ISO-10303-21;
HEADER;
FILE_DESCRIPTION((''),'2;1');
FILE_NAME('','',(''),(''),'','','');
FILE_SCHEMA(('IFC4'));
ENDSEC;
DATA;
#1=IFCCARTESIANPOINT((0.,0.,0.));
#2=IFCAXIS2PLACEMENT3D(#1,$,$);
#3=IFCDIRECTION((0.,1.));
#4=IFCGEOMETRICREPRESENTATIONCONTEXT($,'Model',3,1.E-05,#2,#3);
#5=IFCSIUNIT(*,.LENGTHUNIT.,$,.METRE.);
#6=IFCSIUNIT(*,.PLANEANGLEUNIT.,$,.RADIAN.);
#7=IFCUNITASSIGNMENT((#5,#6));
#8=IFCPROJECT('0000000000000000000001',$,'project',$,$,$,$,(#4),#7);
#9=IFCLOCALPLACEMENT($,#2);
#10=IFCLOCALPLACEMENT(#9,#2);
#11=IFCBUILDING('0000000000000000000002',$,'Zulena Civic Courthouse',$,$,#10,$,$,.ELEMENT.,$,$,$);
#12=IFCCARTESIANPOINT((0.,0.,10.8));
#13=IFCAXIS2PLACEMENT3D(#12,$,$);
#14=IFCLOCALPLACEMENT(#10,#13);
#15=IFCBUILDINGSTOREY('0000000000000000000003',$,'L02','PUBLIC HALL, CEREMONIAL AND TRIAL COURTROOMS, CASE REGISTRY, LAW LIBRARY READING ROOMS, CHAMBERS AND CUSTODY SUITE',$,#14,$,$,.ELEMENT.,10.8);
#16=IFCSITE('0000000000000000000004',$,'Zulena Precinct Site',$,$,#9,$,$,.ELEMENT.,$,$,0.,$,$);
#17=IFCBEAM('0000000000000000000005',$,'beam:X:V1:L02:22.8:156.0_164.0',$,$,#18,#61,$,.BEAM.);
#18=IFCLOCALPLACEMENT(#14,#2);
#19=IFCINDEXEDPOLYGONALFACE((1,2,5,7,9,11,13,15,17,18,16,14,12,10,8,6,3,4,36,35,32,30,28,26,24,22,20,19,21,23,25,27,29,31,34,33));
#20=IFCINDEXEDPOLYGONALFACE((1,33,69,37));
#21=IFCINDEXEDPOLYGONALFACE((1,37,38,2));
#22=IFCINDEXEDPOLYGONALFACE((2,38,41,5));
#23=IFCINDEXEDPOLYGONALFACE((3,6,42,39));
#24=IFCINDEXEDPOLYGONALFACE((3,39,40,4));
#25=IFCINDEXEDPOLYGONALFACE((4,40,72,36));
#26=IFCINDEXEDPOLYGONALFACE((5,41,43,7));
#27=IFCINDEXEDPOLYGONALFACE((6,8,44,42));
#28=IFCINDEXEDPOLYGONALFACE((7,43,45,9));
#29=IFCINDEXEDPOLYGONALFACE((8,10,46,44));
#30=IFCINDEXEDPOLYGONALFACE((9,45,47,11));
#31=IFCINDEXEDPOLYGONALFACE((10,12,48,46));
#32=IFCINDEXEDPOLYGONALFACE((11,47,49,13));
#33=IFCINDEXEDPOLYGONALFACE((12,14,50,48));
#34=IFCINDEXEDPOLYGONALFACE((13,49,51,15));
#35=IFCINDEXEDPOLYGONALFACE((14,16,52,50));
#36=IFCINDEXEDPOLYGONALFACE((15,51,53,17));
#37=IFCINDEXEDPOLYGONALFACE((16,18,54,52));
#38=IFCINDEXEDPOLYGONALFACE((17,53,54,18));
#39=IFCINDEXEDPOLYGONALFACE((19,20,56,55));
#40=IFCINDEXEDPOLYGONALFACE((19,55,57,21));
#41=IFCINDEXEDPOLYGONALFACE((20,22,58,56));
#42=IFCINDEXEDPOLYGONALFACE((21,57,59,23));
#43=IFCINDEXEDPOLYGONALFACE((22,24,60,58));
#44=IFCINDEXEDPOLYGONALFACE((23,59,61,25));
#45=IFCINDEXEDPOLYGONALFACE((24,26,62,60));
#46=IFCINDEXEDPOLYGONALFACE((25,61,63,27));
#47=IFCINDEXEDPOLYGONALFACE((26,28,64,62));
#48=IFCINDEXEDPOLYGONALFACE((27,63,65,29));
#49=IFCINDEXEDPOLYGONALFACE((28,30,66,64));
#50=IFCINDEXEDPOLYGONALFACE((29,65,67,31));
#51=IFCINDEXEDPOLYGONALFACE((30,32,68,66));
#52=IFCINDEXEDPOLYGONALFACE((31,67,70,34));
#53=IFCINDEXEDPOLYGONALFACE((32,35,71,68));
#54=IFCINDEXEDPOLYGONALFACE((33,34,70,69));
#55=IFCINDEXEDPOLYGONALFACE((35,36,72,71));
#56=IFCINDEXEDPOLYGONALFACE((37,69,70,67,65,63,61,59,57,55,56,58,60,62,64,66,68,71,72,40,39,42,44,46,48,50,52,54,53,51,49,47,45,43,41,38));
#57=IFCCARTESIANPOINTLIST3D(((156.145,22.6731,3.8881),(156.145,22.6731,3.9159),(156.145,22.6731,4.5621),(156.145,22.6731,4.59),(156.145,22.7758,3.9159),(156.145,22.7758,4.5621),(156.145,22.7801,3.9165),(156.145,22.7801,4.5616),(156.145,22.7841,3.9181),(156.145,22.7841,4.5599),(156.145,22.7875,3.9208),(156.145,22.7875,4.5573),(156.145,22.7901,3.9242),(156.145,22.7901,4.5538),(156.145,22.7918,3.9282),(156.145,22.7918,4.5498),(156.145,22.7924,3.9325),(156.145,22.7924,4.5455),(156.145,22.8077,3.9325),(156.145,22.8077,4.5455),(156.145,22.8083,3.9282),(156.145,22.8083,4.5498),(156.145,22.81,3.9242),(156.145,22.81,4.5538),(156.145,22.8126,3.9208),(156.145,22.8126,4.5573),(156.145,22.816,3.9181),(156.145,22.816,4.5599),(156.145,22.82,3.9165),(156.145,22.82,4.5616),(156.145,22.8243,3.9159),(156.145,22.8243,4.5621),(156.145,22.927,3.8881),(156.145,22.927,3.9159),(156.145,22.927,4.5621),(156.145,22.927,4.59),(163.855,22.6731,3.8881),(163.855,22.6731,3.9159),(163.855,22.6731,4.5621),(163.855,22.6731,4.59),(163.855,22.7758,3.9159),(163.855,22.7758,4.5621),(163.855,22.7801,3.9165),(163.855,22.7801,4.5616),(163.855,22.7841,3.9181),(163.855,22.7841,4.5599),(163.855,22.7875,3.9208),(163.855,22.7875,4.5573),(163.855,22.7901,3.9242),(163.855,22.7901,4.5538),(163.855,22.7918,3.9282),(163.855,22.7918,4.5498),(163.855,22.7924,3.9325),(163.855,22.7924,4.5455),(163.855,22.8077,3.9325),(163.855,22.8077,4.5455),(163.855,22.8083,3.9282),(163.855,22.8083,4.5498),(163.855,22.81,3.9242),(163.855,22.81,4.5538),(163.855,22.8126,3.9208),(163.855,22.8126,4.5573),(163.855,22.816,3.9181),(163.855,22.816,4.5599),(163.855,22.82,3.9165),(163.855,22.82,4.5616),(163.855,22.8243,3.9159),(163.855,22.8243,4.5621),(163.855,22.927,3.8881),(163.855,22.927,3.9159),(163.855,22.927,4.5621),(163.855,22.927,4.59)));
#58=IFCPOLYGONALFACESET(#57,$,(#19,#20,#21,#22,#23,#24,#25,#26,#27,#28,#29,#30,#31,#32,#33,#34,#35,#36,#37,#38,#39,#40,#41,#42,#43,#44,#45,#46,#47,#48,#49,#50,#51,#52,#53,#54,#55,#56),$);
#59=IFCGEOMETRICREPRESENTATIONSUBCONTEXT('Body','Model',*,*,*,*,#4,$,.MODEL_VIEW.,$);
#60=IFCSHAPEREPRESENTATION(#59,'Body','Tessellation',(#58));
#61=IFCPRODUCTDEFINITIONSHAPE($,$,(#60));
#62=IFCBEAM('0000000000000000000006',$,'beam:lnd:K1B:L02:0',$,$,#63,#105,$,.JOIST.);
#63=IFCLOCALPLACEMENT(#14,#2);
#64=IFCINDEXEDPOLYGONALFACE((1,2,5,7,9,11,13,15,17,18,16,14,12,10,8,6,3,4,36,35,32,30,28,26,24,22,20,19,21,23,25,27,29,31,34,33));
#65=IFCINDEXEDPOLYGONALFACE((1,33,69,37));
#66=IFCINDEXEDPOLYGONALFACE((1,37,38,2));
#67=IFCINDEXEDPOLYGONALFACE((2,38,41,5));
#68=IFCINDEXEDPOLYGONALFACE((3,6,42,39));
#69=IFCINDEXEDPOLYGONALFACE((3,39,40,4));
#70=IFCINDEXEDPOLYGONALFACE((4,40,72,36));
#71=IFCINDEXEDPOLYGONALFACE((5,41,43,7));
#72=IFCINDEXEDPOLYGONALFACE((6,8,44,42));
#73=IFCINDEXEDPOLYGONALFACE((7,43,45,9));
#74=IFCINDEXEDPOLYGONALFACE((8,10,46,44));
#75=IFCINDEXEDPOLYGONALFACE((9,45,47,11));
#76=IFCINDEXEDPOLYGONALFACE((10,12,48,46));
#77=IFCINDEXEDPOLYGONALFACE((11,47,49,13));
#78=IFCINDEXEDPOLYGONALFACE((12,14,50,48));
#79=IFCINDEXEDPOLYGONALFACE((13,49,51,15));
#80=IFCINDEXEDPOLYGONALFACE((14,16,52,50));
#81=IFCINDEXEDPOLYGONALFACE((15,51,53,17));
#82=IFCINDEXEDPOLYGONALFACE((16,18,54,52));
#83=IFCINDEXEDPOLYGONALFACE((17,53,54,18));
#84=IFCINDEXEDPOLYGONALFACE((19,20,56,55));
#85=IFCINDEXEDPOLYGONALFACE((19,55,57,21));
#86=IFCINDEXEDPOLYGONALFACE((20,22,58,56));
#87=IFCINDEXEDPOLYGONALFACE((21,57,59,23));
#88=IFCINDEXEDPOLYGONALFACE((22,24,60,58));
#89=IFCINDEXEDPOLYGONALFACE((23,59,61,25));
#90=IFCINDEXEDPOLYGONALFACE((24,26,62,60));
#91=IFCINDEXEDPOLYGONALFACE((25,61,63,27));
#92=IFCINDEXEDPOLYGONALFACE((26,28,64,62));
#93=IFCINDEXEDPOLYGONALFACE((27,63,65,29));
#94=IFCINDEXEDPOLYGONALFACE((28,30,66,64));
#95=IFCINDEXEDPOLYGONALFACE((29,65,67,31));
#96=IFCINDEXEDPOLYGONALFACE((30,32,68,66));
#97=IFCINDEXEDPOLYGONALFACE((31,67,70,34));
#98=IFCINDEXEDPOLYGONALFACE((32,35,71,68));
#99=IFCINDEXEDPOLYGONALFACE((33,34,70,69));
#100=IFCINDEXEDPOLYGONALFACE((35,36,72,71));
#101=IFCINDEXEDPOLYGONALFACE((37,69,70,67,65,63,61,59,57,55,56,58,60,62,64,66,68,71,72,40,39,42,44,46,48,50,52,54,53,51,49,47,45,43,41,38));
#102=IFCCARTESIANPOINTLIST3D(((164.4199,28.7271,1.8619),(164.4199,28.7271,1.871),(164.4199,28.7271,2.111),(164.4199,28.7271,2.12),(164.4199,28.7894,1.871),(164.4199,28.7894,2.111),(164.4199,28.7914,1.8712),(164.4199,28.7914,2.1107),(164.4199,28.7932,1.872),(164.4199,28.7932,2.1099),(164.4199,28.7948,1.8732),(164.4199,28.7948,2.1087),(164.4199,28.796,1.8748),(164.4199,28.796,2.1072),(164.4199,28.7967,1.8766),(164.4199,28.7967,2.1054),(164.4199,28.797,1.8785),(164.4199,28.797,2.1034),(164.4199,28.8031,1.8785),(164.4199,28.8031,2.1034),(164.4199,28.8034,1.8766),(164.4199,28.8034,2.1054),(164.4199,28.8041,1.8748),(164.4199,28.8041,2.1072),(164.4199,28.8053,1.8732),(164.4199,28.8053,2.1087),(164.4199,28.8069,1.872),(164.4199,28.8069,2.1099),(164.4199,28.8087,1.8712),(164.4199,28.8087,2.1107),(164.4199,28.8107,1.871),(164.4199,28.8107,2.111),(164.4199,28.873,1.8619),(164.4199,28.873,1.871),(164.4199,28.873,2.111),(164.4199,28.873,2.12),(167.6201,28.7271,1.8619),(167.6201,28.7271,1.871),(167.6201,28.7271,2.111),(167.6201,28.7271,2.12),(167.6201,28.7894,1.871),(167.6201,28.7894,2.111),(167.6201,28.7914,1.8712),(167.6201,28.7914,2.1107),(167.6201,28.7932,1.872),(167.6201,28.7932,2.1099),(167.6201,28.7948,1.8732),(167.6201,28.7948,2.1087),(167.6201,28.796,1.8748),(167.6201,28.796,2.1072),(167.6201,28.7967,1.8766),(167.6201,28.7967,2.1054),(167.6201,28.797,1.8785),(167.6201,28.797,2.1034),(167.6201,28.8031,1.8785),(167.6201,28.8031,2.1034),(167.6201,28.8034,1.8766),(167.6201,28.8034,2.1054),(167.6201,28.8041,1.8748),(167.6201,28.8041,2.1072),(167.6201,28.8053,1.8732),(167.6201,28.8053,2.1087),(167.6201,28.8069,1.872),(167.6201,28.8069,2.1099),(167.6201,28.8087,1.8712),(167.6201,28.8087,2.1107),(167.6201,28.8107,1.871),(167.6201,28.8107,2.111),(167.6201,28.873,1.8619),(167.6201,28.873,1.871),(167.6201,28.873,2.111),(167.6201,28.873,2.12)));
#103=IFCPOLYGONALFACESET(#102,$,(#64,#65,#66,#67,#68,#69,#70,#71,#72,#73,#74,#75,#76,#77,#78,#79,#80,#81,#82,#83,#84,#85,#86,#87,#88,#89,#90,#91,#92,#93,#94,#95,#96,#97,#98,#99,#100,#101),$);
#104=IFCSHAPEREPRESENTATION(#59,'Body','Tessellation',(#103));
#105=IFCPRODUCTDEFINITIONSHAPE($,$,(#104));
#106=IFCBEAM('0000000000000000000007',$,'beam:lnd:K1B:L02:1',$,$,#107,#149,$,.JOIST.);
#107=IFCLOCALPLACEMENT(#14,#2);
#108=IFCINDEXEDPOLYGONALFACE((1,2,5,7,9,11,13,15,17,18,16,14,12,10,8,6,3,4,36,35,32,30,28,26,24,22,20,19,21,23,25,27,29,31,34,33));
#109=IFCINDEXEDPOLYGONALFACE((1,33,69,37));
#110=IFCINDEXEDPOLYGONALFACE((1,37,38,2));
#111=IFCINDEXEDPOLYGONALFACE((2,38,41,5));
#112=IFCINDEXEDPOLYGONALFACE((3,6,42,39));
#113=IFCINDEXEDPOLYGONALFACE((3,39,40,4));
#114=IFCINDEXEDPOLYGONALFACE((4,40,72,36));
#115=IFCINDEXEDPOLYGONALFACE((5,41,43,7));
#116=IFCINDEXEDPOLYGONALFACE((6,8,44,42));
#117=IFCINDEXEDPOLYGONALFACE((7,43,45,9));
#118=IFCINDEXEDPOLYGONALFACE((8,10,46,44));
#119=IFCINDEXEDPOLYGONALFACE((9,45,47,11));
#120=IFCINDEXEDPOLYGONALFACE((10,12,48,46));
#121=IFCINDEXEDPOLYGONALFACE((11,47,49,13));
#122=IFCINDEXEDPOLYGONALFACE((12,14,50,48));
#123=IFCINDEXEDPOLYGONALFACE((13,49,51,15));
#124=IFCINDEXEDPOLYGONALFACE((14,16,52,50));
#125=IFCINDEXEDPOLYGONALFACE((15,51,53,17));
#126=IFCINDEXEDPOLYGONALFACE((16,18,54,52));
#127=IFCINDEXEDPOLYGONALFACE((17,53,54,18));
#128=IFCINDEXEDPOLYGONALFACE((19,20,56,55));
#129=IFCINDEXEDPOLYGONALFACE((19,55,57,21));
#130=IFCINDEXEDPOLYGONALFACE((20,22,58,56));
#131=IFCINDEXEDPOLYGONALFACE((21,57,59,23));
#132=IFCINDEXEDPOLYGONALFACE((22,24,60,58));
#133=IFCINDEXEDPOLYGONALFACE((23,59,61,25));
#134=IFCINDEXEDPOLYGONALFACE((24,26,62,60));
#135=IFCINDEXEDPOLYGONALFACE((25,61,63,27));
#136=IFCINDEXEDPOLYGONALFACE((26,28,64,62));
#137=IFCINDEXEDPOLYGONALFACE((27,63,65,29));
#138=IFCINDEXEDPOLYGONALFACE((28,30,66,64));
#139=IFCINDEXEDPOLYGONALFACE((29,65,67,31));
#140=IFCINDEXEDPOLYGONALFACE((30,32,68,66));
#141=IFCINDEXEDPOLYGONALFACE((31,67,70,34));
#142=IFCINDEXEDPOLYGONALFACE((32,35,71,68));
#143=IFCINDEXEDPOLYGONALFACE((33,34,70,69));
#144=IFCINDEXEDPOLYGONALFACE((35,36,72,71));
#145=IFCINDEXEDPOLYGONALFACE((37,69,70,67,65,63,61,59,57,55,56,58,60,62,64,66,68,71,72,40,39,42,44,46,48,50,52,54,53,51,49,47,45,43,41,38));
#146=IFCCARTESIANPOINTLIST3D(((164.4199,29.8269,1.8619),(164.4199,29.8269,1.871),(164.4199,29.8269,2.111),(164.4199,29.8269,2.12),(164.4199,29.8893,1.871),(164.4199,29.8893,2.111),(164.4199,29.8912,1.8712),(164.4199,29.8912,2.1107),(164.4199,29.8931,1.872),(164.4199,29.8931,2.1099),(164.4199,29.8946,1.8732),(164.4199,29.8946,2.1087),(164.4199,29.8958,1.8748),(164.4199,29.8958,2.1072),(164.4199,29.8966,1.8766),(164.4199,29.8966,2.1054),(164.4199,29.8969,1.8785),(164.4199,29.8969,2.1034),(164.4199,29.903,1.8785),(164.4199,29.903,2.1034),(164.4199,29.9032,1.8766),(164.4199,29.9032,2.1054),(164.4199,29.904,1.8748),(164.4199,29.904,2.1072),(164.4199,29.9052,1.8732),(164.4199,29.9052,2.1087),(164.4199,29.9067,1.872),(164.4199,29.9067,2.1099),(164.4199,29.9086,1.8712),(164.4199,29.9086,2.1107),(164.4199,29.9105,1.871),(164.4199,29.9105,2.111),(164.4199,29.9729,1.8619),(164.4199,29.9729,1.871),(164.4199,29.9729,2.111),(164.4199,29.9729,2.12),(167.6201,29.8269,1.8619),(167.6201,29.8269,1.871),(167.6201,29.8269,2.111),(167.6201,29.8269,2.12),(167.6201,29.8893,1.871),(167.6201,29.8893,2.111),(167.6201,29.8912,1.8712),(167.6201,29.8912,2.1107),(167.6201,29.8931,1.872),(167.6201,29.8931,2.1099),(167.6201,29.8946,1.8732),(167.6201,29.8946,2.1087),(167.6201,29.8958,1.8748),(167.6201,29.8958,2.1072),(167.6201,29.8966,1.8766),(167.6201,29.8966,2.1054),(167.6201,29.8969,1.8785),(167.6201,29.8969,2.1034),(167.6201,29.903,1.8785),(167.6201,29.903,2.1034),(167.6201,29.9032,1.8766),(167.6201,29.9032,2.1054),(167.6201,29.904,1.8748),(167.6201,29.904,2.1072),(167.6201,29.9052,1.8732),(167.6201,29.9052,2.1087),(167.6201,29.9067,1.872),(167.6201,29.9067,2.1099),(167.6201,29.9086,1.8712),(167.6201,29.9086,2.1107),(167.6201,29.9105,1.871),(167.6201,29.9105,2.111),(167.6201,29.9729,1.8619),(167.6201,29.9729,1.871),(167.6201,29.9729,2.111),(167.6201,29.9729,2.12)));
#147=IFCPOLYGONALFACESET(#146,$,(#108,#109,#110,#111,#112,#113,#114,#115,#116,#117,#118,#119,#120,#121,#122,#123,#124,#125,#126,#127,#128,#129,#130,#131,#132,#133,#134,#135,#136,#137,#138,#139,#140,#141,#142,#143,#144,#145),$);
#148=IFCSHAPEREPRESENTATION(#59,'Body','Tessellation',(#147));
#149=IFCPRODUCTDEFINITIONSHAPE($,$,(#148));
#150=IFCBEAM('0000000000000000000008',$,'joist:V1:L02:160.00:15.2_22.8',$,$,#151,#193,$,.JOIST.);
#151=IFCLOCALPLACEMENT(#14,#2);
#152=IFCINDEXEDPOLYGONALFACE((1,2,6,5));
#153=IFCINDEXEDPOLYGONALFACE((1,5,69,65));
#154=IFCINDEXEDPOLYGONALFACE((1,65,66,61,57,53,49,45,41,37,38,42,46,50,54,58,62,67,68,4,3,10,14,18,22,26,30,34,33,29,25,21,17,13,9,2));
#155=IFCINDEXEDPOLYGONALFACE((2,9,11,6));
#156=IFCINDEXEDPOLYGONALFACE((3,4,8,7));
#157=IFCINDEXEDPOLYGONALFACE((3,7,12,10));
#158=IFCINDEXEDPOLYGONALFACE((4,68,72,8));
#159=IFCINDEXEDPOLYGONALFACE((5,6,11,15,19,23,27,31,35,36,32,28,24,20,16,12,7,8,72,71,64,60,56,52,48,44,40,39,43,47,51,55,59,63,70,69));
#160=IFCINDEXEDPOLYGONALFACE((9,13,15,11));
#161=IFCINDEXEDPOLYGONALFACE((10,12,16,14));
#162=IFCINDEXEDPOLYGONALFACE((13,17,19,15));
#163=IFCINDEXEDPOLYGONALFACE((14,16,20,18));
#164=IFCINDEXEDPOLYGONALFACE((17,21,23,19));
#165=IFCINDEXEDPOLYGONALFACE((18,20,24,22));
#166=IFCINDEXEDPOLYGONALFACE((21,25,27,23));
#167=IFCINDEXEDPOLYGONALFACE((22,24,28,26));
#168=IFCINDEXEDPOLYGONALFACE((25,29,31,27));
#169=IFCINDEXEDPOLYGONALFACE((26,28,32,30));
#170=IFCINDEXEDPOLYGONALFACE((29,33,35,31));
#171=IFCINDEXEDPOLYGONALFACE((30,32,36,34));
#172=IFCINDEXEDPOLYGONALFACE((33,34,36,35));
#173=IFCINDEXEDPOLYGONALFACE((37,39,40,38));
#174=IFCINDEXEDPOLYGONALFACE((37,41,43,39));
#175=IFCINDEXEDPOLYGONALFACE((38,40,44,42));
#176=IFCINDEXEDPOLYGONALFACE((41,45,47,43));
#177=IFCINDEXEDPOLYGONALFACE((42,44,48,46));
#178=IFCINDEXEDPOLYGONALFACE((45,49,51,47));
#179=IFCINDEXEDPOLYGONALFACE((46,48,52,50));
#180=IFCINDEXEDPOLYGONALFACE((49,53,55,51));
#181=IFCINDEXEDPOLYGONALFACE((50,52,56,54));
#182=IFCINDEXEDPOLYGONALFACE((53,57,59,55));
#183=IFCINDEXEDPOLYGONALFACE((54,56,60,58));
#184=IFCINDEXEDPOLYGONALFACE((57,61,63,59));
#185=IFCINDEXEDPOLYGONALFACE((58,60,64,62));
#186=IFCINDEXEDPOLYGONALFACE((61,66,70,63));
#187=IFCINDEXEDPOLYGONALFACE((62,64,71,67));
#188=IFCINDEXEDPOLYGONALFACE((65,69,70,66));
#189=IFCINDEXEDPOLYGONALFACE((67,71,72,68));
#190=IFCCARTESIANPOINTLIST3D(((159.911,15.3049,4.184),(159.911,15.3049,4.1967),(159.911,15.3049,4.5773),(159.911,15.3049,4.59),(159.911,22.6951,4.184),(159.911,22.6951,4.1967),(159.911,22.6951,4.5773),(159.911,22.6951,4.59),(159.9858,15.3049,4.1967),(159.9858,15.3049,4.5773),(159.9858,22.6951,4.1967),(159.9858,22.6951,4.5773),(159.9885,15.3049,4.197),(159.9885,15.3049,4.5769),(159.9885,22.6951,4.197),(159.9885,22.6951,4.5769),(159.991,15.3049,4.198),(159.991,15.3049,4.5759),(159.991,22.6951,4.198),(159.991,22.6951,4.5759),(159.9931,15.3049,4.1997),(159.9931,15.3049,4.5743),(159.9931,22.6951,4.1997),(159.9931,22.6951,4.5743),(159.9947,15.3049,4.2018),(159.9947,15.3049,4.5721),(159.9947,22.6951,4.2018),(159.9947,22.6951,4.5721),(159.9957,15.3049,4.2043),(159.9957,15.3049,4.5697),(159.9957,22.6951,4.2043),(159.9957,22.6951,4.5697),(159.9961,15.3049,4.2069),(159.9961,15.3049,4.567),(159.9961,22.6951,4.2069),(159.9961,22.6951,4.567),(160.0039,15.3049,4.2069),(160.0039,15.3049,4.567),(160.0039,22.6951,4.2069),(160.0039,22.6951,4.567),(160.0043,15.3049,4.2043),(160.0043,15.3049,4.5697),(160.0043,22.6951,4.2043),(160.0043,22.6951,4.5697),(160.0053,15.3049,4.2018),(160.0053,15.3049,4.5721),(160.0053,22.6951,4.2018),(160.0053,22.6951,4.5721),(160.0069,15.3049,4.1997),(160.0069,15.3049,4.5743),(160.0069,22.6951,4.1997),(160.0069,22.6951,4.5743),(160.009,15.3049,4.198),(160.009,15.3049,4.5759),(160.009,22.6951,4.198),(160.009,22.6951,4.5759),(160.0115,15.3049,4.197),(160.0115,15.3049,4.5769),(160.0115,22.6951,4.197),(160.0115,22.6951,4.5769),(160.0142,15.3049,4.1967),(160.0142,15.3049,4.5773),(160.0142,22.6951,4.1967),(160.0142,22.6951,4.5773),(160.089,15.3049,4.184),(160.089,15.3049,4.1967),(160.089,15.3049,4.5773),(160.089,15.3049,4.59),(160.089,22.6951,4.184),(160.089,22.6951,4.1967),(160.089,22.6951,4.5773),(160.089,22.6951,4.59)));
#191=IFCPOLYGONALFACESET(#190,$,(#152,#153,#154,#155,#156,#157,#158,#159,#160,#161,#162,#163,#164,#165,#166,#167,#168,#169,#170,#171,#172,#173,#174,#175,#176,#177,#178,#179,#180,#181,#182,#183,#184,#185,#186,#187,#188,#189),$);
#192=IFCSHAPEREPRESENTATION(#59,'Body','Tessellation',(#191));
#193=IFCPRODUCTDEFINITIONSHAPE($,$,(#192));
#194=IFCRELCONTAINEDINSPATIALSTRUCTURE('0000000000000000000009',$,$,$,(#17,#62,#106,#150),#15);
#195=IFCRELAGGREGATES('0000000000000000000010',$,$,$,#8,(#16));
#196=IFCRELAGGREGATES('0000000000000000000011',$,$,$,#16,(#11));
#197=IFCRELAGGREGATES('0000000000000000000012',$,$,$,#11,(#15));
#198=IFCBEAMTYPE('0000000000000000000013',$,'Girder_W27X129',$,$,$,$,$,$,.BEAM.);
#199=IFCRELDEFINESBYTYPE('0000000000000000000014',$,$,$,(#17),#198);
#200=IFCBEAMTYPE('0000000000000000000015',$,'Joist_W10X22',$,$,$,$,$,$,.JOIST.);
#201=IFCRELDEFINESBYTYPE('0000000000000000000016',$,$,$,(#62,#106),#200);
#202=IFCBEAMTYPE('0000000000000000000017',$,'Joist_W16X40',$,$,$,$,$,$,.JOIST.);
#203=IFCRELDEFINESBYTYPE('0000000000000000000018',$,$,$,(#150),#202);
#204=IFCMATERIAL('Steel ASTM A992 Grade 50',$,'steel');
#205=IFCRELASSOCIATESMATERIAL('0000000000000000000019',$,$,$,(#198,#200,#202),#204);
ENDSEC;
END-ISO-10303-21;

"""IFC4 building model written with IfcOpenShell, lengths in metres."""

from ifc_helpers import new_model, si_unit, direction, frame, origin, origin_2d, place, context, subcontext, project, spatial, i_section, extrude, material, material_profile, profile_set, type_object, element, save


model = new_model("IFC4")

# Units and contexts
model_context = context("Model", 3, precision=1e-05, world=origin(), true_north=direction((0.0, 1.0)))
body_context = subcontext(model_context, "Body", "Model", "MODEL_VIEW")
ifc_project = project(units=[si_unit("LENGTHUNIT", "METRE"), si_unit("PLANEANGLEUNIT", "RADIAN")], contexts=[model_context])

# Site, building, storey
site_placement = place(None, origin())
site = spatial("IfcSite", under=ifc_project, at=site_placement, Name="Zulena Precinct Site", CompositionType="ELEMENT", RefElevation=0.0)
building_placement = place(site_placement, origin())
building = spatial("IfcBuilding", under=site, at=building_placement, Name="Zulena Civic Courthouse", CompositionType="ELEMENT")
storey_placement = place(building_placement, frame((0.0, 0.0, 10.8)))
storey = spatial("IfcBuildingStorey", under=building, at=storey_placement, Name="L02", Description="PUBLIC HALL, CEREMONIAL AND TRIAL COURTROOMS, CASE REGISTRY, LAW LIBRARY READING ROOMS, CHAMBERS AND CUSTODY SUITE", CompositionType="ELEMENT", Elevation=10.8)

# Shared definitions
ifc_material_1 = material(Name="Steel ASTM A992 Grade 50", Category="steel")

# Beams
ifc_material_profile_1 = material_profile(ifc_material_1, i_section(OverallWidth=0.2539, OverallDepth=0.7019, WebThickness=0.0154, FlangeThickness=0.0278, FilletRadius=0.0166, at=origin_2d()), Name="W27X129")
ifc_profile_set_1 = profile_set([ifc_material_profile_1], Name="Steel ASTM A992 Grade 50")
beam_type_1 = type_object("IfcBeamType", Name="Girder_W27X129", PredefinedType="BEAM", material=ifc_profile_set_1)
beam_1_placement = place(storey_placement, frame((156.145, 22.8, 4.239), z_axis=(1.0, 0.0, 0.0), x_axis=(0.0, 1.0, 0.0)))
element("IfcBeam", 1, at=beam_1_placement, inside=storey, type_object=beam_type_1, Name="beam:X:V1:L02:22.8:156.0_164.0", PredefinedType="BEAM", context=body_context, shape_type="SweptSolid", body=[
    extrude(i_section(OverallWidth=0.2539, OverallDepth=0.7019, WebThickness=0.0154, FlangeThickness=0.0278, FilletRadius=0.0166, at=origin_2d()), origin(), (0.0, 0.0, 1.0), 7.71),
])
ifc_material_profile_2 = material_profile(ifc_material_1, i_section(OverallWidth=0.146, OverallDepth=0.2581, WebThickness=0.0061, FlangeThickness=0.009, FilletRadius=0.0076, at=origin_2d()), Name="W10X22")
ifc_profile_set_2 = profile_set([ifc_material_profile_2], Name="Steel ASTM A992 Grade 50")
beam_type_2 = type_object("IfcBeamType", Name="Joist_W10X22", PredefinedType="JOIST", material=ifc_profile_set_2)
for number, where, z_axis, x_axis, name in (
    (2, (164.4199, 28.8, 1.991), (1.0, 0.0, 0.0), (0.0, 1.0, 0.0), "beam:lnd:K1B:L02:0"),
    (3, (164.4199, 29.8999, 1.991), (1.0, 0.0, 0.0), (0.0, 1.0, 0.0), "beam:lnd:K1B:L02:1"),
):
    element("IfcBeam", number, at=place(storey_placement, frame(where, z_axis=z_axis, x_axis=x_axis)), inside=storey, type_object=beam_type_2, Name=name, PredefinedType="JOIST", context=body_context, shape_type="SweptSolid", body=[
        extrude(i_section(OverallWidth=0.146, OverallDepth=0.2581, WebThickness=0.0061, FlangeThickness=0.009, FilletRadius=0.0076, at=origin_2d()), origin(), (0.0, 0.0, 1.0), 3.2002),
    ])
ifc_material_profile_3 = material_profile(ifc_material_1, i_section(OverallWidth=0.178, OverallDepth=0.406, WebThickness=0.0078, FlangeThickness=0.0127, FilletRadius=0.0103, at=origin_2d()), Name="W16X40")
ifc_profile_set_3 = profile_set([ifc_material_profile_3], Name="Steel ASTM A992 Grade 50")
beam_type_3 = type_object("IfcBeamType", Name="Joist_W16X40", PredefinedType="JOIST", material=ifc_profile_set_3)
beam_2_placement = place(storey_placement, frame((160.0, 15.3049, 4.387), z_axis=(0.0, 1.0, 0.0), x_axis=(-1.0, 0.0, 0.0)))
element("IfcBeam", 4, at=beam_2_placement, inside=storey, type_object=beam_type_3, Name="joist:V1:L02:160.00:15.2_22.8", PredefinedType="JOIST", context=body_context, shape_type="SweptSolid", body=[
    extrude(i_section(OverallWidth=0.178, OverallDepth=0.406, WebThickness=0.0078, FlangeThickness=0.0127, FilletRadius=0.0103, at=origin_2d()), origin(), (0.0, 0.0, 1.0), 7.3901),
])

save(model, "model.ifc")
